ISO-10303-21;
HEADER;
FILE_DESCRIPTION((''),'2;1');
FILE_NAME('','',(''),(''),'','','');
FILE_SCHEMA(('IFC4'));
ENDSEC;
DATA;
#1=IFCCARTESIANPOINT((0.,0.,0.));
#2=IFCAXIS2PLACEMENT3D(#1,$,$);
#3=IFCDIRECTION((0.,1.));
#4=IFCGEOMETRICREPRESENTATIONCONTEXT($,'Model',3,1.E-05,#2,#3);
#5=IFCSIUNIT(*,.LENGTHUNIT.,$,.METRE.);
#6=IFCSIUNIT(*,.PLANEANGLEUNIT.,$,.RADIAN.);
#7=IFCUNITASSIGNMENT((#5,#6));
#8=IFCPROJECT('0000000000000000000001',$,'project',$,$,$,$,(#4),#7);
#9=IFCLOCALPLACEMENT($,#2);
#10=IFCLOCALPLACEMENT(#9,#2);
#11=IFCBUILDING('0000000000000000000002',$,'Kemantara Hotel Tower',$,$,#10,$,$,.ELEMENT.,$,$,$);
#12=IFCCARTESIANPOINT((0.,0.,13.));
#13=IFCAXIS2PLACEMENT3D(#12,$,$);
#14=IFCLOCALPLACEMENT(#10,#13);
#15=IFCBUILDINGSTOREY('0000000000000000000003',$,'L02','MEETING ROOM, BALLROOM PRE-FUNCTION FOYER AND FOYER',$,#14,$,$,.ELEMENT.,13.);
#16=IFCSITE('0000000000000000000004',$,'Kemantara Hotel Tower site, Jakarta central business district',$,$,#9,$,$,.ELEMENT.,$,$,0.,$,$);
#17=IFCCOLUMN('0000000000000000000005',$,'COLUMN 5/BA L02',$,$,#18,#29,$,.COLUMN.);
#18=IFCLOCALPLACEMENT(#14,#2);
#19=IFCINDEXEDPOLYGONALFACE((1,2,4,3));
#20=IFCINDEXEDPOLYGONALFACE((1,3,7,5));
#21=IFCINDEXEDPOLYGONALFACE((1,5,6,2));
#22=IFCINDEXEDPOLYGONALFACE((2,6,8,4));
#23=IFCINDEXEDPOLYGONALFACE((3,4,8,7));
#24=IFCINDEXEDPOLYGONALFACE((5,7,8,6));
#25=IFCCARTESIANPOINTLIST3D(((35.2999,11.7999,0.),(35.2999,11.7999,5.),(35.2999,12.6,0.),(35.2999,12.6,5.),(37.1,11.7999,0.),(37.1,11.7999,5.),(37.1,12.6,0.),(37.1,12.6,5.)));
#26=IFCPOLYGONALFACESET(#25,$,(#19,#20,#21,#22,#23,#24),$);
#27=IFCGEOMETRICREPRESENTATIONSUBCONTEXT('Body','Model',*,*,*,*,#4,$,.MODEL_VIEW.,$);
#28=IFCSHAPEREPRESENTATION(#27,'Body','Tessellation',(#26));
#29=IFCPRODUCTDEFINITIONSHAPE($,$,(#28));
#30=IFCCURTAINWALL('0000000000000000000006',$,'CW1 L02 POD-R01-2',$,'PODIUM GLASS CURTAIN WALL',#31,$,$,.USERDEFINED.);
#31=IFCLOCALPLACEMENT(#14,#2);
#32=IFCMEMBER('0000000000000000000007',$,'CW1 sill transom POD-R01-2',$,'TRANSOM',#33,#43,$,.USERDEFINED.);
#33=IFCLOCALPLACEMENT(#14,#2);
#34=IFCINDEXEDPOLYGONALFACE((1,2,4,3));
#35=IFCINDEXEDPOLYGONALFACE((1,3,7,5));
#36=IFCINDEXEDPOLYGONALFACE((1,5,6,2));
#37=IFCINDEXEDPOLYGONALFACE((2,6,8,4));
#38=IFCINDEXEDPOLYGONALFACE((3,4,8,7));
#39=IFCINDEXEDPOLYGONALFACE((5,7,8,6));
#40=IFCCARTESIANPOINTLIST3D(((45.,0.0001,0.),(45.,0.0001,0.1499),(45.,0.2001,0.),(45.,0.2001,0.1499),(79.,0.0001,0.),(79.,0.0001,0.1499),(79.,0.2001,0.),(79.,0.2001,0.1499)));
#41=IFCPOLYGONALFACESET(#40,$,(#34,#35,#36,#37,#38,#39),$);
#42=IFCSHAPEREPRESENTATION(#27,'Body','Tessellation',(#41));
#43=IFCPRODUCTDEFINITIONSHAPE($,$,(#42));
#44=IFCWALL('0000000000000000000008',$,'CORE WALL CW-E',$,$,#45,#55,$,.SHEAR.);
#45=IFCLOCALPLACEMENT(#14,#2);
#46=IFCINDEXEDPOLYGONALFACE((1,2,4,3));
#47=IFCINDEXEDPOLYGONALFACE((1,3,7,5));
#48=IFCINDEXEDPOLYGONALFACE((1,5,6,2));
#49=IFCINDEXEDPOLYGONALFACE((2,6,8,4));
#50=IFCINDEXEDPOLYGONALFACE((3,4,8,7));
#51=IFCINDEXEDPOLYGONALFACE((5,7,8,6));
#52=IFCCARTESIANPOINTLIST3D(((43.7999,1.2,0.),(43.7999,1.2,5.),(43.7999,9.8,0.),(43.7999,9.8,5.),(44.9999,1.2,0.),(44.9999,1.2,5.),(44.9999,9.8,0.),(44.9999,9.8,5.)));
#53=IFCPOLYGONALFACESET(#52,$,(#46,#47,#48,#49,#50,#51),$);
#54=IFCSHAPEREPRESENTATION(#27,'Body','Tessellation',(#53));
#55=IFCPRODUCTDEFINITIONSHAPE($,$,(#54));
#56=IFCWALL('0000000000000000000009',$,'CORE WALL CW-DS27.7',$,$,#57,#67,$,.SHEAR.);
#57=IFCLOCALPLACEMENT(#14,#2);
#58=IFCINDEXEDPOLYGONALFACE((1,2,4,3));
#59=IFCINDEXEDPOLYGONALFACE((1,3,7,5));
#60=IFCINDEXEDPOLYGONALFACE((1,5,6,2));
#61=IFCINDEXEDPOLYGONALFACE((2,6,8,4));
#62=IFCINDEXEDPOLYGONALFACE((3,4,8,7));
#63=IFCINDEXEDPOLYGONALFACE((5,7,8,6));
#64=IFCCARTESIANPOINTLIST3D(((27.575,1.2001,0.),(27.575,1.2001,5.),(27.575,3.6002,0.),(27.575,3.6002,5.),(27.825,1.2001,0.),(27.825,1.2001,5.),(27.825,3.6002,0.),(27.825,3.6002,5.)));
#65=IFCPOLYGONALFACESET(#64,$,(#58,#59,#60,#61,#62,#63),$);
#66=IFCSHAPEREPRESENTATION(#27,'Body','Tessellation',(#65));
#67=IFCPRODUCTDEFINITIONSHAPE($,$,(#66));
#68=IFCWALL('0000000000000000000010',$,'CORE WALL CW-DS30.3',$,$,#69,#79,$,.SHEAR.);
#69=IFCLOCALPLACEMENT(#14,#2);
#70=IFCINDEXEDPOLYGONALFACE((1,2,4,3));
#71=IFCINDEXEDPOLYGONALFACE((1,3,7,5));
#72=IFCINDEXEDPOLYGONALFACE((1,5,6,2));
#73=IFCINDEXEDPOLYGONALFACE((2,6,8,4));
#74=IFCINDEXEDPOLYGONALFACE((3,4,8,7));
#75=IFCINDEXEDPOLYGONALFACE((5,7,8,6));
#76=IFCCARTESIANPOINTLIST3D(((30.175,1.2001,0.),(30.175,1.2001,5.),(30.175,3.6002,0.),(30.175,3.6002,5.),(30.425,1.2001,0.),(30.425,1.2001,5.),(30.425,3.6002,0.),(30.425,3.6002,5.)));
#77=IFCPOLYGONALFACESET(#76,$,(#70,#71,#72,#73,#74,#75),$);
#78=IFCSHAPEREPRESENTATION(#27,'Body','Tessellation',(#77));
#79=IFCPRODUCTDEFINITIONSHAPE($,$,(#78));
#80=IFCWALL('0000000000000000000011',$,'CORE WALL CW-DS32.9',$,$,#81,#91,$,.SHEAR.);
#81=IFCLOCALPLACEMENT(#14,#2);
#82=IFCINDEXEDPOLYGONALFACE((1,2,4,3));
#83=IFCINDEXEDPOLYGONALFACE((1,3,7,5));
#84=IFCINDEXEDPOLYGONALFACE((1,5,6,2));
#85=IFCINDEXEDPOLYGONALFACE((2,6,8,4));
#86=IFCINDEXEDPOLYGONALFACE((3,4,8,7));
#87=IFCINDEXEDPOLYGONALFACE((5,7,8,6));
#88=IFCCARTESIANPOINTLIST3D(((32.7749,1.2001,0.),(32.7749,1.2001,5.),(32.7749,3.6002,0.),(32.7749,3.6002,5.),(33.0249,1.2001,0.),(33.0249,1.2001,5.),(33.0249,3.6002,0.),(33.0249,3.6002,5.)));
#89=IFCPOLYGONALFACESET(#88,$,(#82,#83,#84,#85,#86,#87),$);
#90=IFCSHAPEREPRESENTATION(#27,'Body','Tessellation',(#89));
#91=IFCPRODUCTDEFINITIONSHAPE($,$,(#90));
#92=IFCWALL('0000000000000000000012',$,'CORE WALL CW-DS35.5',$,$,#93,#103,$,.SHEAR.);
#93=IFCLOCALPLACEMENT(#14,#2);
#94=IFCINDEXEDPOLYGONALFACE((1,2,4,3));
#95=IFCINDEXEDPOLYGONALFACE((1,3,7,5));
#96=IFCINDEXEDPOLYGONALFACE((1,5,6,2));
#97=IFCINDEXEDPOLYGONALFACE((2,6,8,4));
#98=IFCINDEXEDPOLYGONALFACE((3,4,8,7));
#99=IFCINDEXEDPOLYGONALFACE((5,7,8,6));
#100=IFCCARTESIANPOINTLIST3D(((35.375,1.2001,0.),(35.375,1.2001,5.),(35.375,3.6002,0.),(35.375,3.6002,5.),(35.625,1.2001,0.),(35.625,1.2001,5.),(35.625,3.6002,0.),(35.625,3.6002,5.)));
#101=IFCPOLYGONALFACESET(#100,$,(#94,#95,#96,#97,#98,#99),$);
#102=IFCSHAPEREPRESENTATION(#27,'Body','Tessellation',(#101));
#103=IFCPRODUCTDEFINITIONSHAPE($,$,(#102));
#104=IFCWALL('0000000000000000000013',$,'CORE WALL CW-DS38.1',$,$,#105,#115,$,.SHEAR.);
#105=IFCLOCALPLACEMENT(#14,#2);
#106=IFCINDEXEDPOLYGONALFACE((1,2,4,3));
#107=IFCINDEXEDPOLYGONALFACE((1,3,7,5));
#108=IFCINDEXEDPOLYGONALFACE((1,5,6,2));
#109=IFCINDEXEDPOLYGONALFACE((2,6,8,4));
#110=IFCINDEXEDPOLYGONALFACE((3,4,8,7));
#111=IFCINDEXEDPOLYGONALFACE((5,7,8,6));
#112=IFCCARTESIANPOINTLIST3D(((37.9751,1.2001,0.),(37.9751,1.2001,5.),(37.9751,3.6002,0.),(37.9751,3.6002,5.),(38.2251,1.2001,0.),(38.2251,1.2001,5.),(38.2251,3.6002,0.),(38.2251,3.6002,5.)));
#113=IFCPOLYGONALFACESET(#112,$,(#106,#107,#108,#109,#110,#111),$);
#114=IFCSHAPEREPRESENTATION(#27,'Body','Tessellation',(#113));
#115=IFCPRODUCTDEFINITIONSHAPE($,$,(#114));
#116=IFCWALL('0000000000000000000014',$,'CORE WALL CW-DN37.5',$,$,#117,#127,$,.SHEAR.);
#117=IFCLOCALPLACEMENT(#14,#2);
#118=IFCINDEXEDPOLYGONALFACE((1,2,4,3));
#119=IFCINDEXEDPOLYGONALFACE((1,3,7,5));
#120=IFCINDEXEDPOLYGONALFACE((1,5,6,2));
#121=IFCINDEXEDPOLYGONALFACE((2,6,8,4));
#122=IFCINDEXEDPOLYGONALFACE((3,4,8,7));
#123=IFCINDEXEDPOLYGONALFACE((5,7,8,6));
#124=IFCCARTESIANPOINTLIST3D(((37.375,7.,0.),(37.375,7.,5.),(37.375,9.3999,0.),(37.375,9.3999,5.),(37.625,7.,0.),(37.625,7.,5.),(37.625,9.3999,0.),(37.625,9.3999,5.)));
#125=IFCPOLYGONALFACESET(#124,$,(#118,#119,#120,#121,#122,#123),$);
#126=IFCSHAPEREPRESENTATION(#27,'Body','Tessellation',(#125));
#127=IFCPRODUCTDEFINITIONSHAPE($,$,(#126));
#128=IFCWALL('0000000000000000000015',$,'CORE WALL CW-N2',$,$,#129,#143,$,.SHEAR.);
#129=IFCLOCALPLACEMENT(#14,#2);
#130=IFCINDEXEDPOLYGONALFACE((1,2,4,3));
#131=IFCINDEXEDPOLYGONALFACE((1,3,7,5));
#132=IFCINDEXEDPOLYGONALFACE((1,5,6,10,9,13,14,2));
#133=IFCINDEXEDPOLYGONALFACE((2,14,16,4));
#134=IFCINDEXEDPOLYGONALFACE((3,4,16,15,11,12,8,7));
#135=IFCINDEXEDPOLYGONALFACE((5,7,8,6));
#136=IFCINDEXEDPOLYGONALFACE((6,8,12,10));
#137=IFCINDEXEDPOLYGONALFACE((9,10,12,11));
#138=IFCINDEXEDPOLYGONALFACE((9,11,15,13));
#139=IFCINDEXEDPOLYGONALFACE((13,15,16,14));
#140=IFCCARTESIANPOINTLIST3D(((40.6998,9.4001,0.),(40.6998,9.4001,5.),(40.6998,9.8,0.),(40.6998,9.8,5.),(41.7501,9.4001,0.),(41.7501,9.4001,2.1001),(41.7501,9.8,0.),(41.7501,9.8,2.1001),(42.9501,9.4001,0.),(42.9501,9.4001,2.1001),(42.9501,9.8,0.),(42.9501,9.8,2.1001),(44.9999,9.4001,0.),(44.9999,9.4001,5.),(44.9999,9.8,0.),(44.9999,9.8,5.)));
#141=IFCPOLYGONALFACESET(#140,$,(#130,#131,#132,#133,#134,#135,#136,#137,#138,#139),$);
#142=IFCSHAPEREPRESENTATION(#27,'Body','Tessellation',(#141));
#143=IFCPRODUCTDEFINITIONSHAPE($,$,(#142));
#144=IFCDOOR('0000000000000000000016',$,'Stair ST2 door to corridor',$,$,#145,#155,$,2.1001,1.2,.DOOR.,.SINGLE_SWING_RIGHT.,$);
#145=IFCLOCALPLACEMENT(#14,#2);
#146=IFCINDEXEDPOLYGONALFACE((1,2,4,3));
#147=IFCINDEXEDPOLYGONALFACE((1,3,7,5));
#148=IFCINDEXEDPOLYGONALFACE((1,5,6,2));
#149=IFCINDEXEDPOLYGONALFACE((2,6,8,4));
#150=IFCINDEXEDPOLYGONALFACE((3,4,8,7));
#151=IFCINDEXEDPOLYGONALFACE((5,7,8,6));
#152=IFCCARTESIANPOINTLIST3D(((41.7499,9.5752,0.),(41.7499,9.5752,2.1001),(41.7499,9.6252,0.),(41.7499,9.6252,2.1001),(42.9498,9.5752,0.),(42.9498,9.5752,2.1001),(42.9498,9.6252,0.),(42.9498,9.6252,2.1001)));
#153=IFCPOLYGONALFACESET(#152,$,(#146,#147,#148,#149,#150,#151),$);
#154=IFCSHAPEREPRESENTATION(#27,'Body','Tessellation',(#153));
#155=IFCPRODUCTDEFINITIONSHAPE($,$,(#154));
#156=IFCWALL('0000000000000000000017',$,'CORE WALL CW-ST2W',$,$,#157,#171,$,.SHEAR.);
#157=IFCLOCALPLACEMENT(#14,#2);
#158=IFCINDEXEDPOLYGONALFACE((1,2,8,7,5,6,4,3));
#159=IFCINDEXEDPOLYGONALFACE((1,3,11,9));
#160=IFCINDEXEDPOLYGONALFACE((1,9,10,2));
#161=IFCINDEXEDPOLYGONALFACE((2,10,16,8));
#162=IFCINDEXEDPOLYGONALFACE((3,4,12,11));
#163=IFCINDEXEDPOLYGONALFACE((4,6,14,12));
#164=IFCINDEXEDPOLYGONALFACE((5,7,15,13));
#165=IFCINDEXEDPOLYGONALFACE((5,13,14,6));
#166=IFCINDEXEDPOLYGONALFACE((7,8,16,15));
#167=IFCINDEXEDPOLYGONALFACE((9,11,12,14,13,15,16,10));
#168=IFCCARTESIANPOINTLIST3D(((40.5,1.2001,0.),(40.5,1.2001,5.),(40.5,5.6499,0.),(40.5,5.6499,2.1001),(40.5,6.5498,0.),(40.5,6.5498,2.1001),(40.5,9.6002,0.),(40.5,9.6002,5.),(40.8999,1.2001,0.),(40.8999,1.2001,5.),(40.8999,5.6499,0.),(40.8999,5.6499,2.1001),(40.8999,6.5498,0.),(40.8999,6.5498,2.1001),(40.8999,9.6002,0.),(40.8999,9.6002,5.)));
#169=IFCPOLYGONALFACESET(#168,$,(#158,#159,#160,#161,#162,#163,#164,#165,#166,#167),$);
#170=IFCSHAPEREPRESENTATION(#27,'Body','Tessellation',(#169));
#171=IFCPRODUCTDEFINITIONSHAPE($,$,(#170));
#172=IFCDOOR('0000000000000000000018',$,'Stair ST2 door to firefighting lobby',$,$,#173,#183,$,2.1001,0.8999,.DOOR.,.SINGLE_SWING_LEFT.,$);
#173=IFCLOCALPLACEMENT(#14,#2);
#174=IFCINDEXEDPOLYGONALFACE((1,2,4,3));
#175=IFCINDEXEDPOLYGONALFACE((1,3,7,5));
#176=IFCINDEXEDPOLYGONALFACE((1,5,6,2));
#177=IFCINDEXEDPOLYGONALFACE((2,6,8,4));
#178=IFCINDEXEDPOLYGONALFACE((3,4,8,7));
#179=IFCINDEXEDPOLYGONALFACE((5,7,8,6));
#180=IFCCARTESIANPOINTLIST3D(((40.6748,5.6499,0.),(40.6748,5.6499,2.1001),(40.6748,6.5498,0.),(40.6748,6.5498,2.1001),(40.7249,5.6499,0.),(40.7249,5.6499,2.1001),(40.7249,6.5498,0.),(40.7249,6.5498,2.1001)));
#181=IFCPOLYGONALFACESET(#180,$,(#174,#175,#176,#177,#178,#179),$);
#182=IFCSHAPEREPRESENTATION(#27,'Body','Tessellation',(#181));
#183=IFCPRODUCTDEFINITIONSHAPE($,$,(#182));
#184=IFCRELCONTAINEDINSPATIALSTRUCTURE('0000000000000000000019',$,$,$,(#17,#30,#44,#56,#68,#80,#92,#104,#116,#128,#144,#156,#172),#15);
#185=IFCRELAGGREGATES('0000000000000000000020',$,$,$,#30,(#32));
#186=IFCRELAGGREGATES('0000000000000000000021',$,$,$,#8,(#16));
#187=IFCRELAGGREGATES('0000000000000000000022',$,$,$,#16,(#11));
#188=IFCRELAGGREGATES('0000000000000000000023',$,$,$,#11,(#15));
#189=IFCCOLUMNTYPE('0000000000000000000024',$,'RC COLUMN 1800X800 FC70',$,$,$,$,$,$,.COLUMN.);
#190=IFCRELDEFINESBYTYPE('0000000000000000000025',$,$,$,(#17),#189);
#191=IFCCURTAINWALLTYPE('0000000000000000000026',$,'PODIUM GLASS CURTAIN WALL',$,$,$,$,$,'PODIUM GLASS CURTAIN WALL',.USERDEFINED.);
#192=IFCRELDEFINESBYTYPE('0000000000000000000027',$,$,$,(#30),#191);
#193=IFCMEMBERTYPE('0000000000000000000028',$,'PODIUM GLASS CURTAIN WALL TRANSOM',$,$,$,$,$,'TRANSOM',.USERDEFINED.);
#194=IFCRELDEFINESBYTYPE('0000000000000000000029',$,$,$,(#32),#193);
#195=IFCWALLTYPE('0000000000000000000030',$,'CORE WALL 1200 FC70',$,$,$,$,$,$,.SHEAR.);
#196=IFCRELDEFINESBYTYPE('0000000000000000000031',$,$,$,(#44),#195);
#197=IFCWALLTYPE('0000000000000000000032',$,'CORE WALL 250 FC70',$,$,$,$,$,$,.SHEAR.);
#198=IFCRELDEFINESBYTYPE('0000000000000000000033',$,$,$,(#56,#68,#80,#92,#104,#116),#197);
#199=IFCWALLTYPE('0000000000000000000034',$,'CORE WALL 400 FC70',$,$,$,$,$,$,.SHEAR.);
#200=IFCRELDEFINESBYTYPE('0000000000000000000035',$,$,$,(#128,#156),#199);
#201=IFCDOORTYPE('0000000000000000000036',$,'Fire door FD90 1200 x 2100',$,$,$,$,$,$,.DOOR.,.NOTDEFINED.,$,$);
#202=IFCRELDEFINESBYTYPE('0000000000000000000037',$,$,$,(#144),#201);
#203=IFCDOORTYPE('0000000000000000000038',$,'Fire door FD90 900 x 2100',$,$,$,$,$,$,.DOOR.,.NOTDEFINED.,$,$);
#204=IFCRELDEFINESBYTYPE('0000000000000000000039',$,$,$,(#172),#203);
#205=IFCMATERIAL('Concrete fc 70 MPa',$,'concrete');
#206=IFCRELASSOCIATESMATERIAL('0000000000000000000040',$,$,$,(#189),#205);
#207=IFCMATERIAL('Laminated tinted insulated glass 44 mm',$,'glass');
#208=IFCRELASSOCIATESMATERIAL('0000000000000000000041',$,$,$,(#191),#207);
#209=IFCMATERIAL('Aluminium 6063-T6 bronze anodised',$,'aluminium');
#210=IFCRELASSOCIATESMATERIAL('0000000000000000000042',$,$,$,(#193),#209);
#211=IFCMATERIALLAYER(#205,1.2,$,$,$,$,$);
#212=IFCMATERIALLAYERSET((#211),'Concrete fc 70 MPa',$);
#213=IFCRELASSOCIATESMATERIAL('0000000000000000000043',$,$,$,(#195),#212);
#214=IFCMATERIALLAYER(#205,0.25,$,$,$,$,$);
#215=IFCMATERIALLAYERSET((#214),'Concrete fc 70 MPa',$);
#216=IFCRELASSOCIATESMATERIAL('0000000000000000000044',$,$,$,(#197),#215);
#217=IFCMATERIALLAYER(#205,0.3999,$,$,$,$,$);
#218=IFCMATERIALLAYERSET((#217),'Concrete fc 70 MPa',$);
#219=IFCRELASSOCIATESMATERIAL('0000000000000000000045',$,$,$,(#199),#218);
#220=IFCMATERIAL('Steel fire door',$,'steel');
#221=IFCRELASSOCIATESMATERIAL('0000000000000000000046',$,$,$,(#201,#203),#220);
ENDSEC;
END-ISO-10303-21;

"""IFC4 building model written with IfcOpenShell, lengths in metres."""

from ifc_helpers import new_model, si_unit, direction, frame, frame_2d, origin, origin_2d, place, context, subcontext, project, spatial, rectangle, extrude, material, layer, layer_set, material_profile, profile_set, type_object, element, fill, aggregate, save


model = new_model("IFC4")

# Units and contexts
model_context = context("Model", 3, precision=1e-05, world=origin(), true_north=direction((0.0, 1.0)))
body_context = subcontext(model_context, "Body", "Model", "MODEL_VIEW")
ifc_project = project(units=[si_unit("LENGTHUNIT", "METRE"), si_unit("PLANEANGLEUNIT", "RADIAN")], contexts=[model_context])

# Site, building, storey
site_placement = place(None, origin())
site = spatial("IfcSite", under=ifc_project, at=site_placement, Name="Kemantara Hotel Tower site, Jakarta central business district", CompositionType="ELEMENT", RefElevation=0.0)
building_placement = place(site_placement, origin())
building = spatial("IfcBuilding", under=site, at=building_placement, Name="Kemantara Hotel Tower", CompositionType="ELEMENT")
storey_placement = place(building_placement, frame((0.0, 0.0, 13.0)))
storey = spatial("IfcBuildingStorey", under=building, at=storey_placement, Name="L02", Description="MEETING ROOM, BALLROOM PRE-FUNCTION FOYER AND FOYER", CompositionType="ELEMENT", Elevation=13.0)

# Column
ifc_material_1 = material(Name="Concrete fc 70 MPa", Category="concrete")
ifc_material_profile_1 = material_profile(ifc_material_1, rectangle(XDim=1.8, YDim=0.8, at=origin_2d()), Name="RC 1800X800")
ifc_profile_set_1 = profile_set([ifc_material_profile_1], Name="Concrete fc 70 MPa")
column_type = type_object("IfcColumnType", Name="RC COLUMN 1800X800 FC70", PredefinedType="COLUMN", material=ifc_profile_set_1)
column_placement = place(storey_placement, frame((36.2, 12.2, 0.0), z_axis=(0.0, 0.0, 1.0), x_axis=(1.0, 0.0, 0.0)))
element("IfcColumn", 1, at=column_placement, inside=storey, type_object=column_type, Name="COLUMN 5/BA L02", PredefinedType="COLUMN", context=body_context, shape_type="SweptSolid", body=[
    extrude(rectangle(XDim=1.8, YDim=0.8, at=origin_2d()), origin(), (0.0, 0.0, 1.0), 5.0),
])

# Curtain wall, member
ifc_material_2 = material(Name="Laminated tinted insulated glass 44 mm", Category="glass")
curtain_wall_type = type_object("IfcCurtainWallType", Name="PODIUM GLASS CURTAIN WALL", ElementType="PODIUM GLASS CURTAIN WALL", PredefinedType="USERDEFINED", material=ifc_material_2)
curtain_wall_placement = place(storey_placement, origin())
curtain_wall = element("IfcCurtainWall", 2, at=curtain_wall_placement, inside=storey, type_object=curtain_wall_type, Name="CW1 L02 POD-R01-2", ObjectType="PODIUM GLASS CURTAIN WALL", PredefinedType="USERDEFINED")
ifc_material_3 = material(Name="Aluminium 6063-T6 bronze anodised", Category="aluminium")
ifc_material_profile_2 = material_profile(ifc_material_3, rectangle(XDim=0.2, YDim=0.1499, at=origin_2d()), Name="PODIUM GLASS CURTAIN WALL TRANSOM")
ifc_profile_set_2 = profile_set([ifc_material_profile_2], Name="Aluminium 6063-T6 bronze anodised")
member_type = type_object("IfcMemberType", Name="PODIUM GLASS CURTAIN WALL TRANSOM", ElementType="TRANSOM", PredefinedType="USERDEFINED", material=ifc_profile_set_2)
member_placement = place(storey_placement, frame((45.0, 0.1001, 0.075), z_axis=(1.0, 0.0, 0.0), x_axis=(0.0, 1.0, 0.0)))
member = element("IfcMember", 3, at=member_placement, type_object=member_type, Name="CW1 sill transom POD-R01-2", ObjectType="TRANSOM", PredefinedType="USERDEFINED", context=body_context, shape_type="SweptSolid", body=[
    extrude(rectangle(XDim=0.2, YDim=0.1499, at=origin_2d()), origin(), (0.0, 0.0, 1.0), 34.0),
])
aggregate(curtain_wall, [member])

# Walls
ifc_layer_1 = layer(ifc_material_1, 1.2)
ifc_layer_set_1 = layer_set([ifc_layer_1], Name="Concrete fc 70 MPa")
wall_type_1 = type_object("IfcWallType", Name="CORE WALL 1200 FC70", PredefinedType="SHEAR", material=ifc_layer_set_1)
wall_1_placement = place(storey_placement, frame((44.3999, 1.2, 0.0), z_axis=(0.0, 0.0, 1.0), x_axis=(0.0, 1.0, 0.0)))
element("IfcWall", 4, at=wall_1_placement, inside=storey, type_object=wall_type_1, Name="CORE WALL CW-E", PredefinedType="SHEAR", context=body_context, shape_type="SweptSolid", body=[
    extrude(rectangle(XDim=8.6001, YDim=1.2, at=frame_2d((4.3, 0.0))), origin(), (0.0, 0.0, 1.0), 5.0),
])
ifc_layer_2 = layer(ifc_material_1, 0.25)
ifc_layer_set_2 = layer_set([ifc_layer_2], Name="Concrete fc 70 MPa")
wall_type_2 = type_object("IfcWallType", Name="CORE WALL 250 FC70", PredefinedType="SHEAR", material=ifc_layer_set_2)
for number, where, z_axis, x_axis, name in (
    (5, (27.7, 1.2, 0.0), (0.0, 0.0, 1.0), (0.0, 1.0, 0.0), "CORE WALL CW-DS27.7"),
    (6, (30.3, 1.2, 0.0), (0.0, 0.0, 1.0), (0.0, 1.0, 0.0), "CORE WALL CW-DS30.3"),
    (7, (32.8999, 1.2, 0.0), (0.0, 0.0, 1.0), (0.0, 1.0, 0.0), "CORE WALL CW-DS32.9"),
    (8, (35.5, 1.2, 0.0), (0.0, 0.0, 1.0), (0.0, 1.0, 0.0), "CORE WALL CW-DS35.5"),
    (9, (38.1001, 1.2, 0.0), (0.0, 0.0, 1.0), (0.0, 1.0, 0.0), "CORE WALL CW-DS38.1"),
):
    element("IfcWall", number, at=place(storey_placement, frame(where, z_axis=z_axis, x_axis=x_axis)), inside=storey, type_object=wall_type_2, Name=name, PredefinedType="SHEAR", context=body_context, shape_type="SweptSolid", body=[
        extrude(rectangle(XDim=2.4001, YDim=0.25, at=frame_2d((1.2002, 0.0))), origin(), (0.0, 0.0, 1.0), 5.0),
    ])
wall_2_placement = place(storey_placement, frame((37.5, 7.0, 0.0), z_axis=(0.0, 0.0, 1.0), x_axis=(0.0, 1.0, 0.0)))
element("IfcWall", 10, at=wall_2_placement, inside=storey, type_object=wall_type_2, Name="CORE WALL CW-DN37.5", PredefinedType="SHEAR", context=body_context, shape_type="SweptSolid", body=[
    extrude(rectangle(XDim=2.3999, YDim=0.25, at=frame_2d((1.2, 0.0))), origin(), (0.0, 0.0, 1.0), 5.0),
])

# Walls, openings, doors
ifc_layer_3 = layer(ifc_material_1, 0.3999)
ifc_layer_set_3 = layer_set([ifc_layer_3], Name="Concrete fc 70 MPa")
wall_type_3 = type_object("IfcWallType", Name="CORE WALL 400 FC70", PredefinedType="SHEAR", material=ifc_layer_set_3)
wall_3_placement = place(storey_placement, frame((40.7, 9.6001, 0.0), z_axis=(0.0, 0.0, 1.0), x_axis=(1.0, 0.0, 0.0)))
wall_3 = element("IfcWall", 11, at=wall_3_placement, inside=storey, type_object=wall_type_3, Name="CORE WALL CW-N2", PredefinedType="SHEAR", context=body_context, shape_type="SweptSolid", body=[
    extrude(rectangle(XDim=4.3, YDim=0.3999, at=frame_2d((2.1499, 0.0))), origin(), (0.0, 0.0, 1.0), 5.0),
])
opening_1_placement = place(wall_3_placement, frame((1.05, 0.0, 0.0)))
opening_1 = element("IfcOpeningElement", 12, at=opening_1_placement, cuts=wall_3, PredefinedType="OPENING", context=body_context, shape_type="SweptSolid", body=[
    extrude(rectangle(XDim=1.2, YDim=2.1001, at=frame_2d((0.6001, 1.05))), frame((0.0, 0.21, 0.0), z_axis=(0.0, -1.0, 0.0), x_axis=(1.0, 0.0, 0.0)), (0.0, 0.0, 1.0), 0.4199),
])
ifc_material_4 = material(Name="Steel fire door", Category="steel")
door_type_1 = type_object("IfcDoorType", Name="Fire door FD90 1200 x 2100", OperationType="NOTDEFINED", PredefinedType="DOOR", material=ifc_material_4)
door_1_placement = place(opening_1_placement, frame((1.2, 0.0, 0.0), z_axis=(0.0, 0.0, 1.0), x_axis=(-1.0, 0.0, 0.0)))
door_1 = element("IfcDoor", 13, at=door_1_placement, inside=storey, type_object=door_type_1, Name="Stair ST2 door to corridor", OperationType="SINGLE_SWING_RIGHT", OverallHeight=2.1001, OverallWidth=1.2, PredefinedType="DOOR", context=body_context, shape_type="SweptSolid", body=[
    extrude(rectangle(XDim=1.2, YDim=2.1001, at=frame_2d((0.6001, 1.05))), frame((0.0, 0.0249, 0.0), z_axis=(0.0, -1.0, 0.0), x_axis=(1.0, 0.0, 0.0)), (0.0, 0.0, 1.0), 0.05),
])
fill(opening_1, door_1)
wall_4_placement = place(storey_placement, frame((40.7, 1.2, 0.0), z_axis=(0.0, 0.0, 1.0), x_axis=(0.0, 1.0, 0.0)))
wall_4 = element("IfcWall", 14, at=wall_4_placement, inside=storey, type_object=wall_type_3, Name="CORE WALL CW-ST2W", PredefinedType="SHEAR", context=body_context, shape_type="SweptSolid", body=[
    extrude(rectangle(XDim=8.4001, YDim=0.3999, at=frame_2d((4.2002, 0.0))), origin(), (0.0, 0.0, 1.0), 5.0),
])
opening_2_placement = place(wall_4_placement, frame((4.45, 0.0, 0.0)))
opening_2 = element("IfcOpeningElement", 15, at=opening_2_placement, cuts=wall_4, PredefinedType="OPENING", context=body_context, shape_type="SweptSolid", body=[
    extrude(rectangle(XDim=0.8999, YDim=2.1001, at=frame_2d((0.45, 1.05))), frame((0.0, 0.21, 0.0), z_axis=(0.0, -1.0, 0.0), x_axis=(1.0, 0.0, 0.0)), (0.0, 0.0, 1.0), 0.4199),
])
door_type_2 = type_object("IfcDoorType", Name="Fire door FD90 900 x 2100", OperationType="NOTDEFINED", PredefinedType="DOOR", material=ifc_material_4)
door_2_placement = place(opening_2_placement, frame((0.8999, 0.0, 0.0), z_axis=(0.0, 0.0, 1.0), x_axis=(-1.0, 0.0, 0.0)))
door_2 = element("IfcDoor", 16, at=door_2_placement, inside=storey, type_object=door_type_2, Name="Stair ST2 door to firefighting lobby", OperationType="SINGLE_SWING_LEFT", OverallHeight=2.1001, OverallWidth=0.8999, PredefinedType="DOOR", context=body_context, shape_type="SweptSolid", body=[
    extrude(rectangle(XDim=0.8999, YDim=2.1001, at=frame_2d((0.45, 1.05))), frame((0.0, 0.0249, 0.0), z_axis=(0.0, -1.0, 0.0), x_axis=(1.0, 0.0, 0.0)), (0.0, 0.0, 1.0), 0.05),
])
fill(opening_2, door_2)

save(model, "model.ifc")
